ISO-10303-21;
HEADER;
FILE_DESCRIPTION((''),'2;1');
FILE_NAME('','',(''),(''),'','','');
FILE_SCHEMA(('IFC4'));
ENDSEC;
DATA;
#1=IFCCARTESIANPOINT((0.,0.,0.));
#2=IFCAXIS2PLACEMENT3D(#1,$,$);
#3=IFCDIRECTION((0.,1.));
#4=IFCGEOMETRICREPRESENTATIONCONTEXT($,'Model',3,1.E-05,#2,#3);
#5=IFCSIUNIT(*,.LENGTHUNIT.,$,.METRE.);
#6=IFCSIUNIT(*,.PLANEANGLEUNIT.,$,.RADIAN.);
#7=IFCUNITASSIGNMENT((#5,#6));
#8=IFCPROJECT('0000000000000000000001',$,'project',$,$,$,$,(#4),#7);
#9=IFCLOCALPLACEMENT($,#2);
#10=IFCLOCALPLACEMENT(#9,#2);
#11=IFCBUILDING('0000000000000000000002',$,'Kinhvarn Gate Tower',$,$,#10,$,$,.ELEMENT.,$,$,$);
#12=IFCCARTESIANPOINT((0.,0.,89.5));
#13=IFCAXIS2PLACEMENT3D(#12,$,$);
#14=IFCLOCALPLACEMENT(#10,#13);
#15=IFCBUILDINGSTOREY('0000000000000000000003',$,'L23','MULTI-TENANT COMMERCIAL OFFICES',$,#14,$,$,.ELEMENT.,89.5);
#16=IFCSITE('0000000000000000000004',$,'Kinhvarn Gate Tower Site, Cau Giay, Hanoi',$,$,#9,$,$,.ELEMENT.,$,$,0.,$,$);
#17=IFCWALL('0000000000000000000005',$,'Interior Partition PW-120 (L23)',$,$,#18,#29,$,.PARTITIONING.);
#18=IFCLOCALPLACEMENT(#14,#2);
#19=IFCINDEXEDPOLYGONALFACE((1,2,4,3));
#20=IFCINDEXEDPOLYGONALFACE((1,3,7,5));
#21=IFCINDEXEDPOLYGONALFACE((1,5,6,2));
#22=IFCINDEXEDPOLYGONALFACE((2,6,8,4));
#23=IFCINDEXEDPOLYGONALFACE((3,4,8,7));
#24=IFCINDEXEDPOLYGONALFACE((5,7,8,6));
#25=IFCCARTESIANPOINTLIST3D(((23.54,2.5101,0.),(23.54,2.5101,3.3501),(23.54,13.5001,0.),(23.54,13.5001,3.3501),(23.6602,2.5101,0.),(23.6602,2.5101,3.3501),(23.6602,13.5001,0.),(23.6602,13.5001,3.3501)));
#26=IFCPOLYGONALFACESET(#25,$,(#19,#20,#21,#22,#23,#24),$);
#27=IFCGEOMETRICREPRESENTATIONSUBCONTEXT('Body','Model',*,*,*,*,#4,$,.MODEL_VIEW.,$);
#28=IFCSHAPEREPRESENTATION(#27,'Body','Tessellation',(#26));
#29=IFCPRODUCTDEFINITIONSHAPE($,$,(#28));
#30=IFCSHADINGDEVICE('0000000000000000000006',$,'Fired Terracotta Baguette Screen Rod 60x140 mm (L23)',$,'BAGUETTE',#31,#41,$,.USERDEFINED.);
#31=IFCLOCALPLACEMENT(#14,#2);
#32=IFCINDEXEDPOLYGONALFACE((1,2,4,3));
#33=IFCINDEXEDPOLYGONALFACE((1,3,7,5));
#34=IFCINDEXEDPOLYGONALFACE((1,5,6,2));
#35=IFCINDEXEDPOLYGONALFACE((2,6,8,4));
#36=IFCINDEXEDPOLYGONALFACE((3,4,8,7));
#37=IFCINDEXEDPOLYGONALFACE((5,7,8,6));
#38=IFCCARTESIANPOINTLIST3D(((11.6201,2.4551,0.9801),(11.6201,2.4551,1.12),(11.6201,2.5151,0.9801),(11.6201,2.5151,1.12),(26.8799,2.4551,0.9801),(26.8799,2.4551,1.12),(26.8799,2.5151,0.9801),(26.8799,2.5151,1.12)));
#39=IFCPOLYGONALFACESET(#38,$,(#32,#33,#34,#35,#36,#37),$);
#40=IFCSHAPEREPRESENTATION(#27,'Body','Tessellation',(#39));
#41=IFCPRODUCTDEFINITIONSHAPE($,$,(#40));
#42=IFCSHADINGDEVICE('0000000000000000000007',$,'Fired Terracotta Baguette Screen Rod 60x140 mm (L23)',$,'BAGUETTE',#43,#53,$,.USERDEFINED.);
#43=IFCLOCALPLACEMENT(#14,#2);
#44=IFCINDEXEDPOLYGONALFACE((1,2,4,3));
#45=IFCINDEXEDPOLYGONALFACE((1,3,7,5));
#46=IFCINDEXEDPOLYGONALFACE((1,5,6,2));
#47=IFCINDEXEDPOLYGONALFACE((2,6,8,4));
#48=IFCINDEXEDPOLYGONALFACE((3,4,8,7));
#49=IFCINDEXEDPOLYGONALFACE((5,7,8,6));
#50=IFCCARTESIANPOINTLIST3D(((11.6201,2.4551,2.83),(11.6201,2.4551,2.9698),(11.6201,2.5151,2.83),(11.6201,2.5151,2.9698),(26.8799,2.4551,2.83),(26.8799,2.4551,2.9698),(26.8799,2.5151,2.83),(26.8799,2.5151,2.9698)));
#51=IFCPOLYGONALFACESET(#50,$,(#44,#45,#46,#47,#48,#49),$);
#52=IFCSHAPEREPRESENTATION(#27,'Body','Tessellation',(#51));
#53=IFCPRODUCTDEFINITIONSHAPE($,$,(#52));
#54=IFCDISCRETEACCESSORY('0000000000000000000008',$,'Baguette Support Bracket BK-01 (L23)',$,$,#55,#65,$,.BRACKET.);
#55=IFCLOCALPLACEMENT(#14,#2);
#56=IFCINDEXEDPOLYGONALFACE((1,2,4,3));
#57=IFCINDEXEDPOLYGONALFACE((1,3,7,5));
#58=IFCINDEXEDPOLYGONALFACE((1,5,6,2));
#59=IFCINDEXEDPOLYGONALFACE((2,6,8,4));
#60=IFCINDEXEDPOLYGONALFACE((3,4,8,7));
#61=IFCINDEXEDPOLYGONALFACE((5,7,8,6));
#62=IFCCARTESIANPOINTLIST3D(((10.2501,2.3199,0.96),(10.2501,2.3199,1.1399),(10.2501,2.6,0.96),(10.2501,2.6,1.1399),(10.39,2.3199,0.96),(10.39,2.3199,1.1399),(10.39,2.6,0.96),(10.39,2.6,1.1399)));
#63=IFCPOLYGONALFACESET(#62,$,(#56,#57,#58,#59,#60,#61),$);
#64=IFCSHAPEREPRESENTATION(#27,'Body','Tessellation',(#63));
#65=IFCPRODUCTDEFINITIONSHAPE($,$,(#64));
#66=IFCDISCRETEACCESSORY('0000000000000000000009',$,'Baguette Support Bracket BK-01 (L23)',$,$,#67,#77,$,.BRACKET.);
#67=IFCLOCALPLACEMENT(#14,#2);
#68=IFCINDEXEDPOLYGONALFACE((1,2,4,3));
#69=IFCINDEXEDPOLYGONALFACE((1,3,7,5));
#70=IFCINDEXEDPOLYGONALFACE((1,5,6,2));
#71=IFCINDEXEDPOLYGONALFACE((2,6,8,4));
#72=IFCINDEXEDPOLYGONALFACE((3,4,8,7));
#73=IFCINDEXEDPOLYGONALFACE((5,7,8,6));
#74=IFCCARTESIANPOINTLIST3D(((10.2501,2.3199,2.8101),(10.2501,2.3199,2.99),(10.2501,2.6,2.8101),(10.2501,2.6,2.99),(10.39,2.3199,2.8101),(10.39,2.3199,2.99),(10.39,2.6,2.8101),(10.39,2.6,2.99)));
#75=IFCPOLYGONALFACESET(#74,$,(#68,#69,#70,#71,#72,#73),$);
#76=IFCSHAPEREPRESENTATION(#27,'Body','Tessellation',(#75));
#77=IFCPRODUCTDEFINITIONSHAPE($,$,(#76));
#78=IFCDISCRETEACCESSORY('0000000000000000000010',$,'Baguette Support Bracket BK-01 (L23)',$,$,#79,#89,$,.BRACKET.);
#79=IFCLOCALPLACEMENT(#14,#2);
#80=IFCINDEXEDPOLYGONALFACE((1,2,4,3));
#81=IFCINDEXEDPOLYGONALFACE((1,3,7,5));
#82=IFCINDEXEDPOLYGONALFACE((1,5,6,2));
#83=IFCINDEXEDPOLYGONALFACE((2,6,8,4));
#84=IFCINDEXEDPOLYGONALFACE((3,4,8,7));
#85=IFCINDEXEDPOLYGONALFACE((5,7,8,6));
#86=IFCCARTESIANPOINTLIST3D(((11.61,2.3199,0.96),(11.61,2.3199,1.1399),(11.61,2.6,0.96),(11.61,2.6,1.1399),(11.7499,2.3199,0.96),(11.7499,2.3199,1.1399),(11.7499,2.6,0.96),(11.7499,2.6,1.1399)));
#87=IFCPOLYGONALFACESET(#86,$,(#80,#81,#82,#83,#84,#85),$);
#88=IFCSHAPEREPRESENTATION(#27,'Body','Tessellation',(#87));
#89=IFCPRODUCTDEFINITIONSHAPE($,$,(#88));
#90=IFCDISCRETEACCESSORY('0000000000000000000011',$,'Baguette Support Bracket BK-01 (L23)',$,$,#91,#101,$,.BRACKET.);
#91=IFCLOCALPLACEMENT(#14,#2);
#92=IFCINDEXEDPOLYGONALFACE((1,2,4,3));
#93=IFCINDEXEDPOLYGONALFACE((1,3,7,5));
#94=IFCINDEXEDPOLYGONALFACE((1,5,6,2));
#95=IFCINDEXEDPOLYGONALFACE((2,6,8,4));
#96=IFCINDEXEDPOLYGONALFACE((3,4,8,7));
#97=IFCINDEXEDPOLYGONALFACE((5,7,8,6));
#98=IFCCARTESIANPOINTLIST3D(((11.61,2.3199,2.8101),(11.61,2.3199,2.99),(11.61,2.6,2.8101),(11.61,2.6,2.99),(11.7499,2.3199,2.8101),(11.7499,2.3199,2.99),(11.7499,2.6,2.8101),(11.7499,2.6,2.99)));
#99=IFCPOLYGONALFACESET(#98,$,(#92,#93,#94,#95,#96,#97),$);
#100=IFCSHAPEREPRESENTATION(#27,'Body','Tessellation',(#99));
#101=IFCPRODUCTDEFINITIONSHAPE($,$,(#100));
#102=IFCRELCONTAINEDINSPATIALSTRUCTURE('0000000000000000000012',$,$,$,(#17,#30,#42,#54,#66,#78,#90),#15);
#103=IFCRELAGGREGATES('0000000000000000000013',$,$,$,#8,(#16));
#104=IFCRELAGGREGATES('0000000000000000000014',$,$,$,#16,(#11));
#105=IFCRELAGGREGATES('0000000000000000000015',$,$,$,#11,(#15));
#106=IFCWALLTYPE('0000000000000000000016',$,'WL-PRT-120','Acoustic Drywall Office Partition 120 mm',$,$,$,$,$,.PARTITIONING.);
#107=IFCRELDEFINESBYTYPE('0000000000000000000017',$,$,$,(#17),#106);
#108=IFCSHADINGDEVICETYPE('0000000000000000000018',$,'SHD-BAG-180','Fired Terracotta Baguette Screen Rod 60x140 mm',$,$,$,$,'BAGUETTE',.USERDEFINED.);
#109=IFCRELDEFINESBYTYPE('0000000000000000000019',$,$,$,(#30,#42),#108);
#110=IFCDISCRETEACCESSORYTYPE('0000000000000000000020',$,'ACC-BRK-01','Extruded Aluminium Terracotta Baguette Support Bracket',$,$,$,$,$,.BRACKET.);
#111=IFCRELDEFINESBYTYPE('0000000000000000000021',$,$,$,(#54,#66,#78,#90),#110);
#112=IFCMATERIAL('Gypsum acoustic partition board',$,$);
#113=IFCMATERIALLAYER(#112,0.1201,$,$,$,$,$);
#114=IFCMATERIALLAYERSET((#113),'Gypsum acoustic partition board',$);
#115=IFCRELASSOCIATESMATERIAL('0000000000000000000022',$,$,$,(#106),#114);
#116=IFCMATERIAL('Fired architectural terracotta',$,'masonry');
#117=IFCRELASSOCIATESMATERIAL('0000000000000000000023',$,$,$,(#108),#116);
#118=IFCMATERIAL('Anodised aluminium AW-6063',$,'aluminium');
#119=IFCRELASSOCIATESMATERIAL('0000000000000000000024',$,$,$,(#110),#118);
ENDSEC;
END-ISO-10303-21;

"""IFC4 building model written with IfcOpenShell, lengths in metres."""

from ifc_helpers import new_model, si_unit, direction, frame, frame_2d, origin, origin_2d, place, context, subcontext, project, spatial, rectangle, extrude, material, layer, layer_set, material_profile, profile_set, type_object, element, save


model = new_model("IFC4")

# Units and contexts
model_context = context("Model", 3, precision=1e-05, world=origin(), true_north=direction((0.0, 1.0)))
body_context = subcontext(model_context, "Body", "Model", "MODEL_VIEW")
ifc_project = project(units=[si_unit("LENGTHUNIT", "METRE"), si_unit("PLANEANGLEUNIT", "RADIAN")], contexts=[model_context])

# Site, building, storey
site_placement = place(None, origin())
site = spatial("IfcSite", under=ifc_project, at=site_placement, Name="Kinhvarn Gate Tower Site, Cau Giay, Hanoi", CompositionType="ELEMENT", RefElevation=0.0)
building_placement = place(site_placement, origin())
building = spatial("IfcBuilding", under=site, at=building_placement, Name="Kinhvarn Gate Tower", CompositionType="ELEMENT")
storey_placement = place(building_placement, frame((0.0, 0.0, 89.5)))
storey = spatial("IfcBuildingStorey", under=building, at=storey_placement, Name="L23", Description="MULTI-TENANT COMMERCIAL OFFICES", CompositionType="ELEMENT", Elevation=89.5)

# Shared definitions
ifc_material_1 = material(Name="Anodised aluminium AW-6063", Category="aluminium")

# Wall
ifc_material_2 = material(Name="Gypsum acoustic partition board")
ifc_layer_1 = layer(ifc_material_2, 0.1201)
ifc_layer_set_1 = layer_set([ifc_layer_1], Name="Gypsum acoustic partition board")
wall_type = type_object("IfcWallType", Name="WL-PRT-120", Description="Acoustic Drywall Office Partition 120 mm", PredefinedType="PARTITIONING", material=ifc_layer_set_1)
for number, where, z_axis, x_axis, name in (
    (1, (23.6001, 2.51, 0.0), (0.0, 0.0, 1.0), (0.0, 1.0, 0.0), "Interior Partition PW-120 (L23)"),
):
    element("IfcWall", number, at=place(storey_placement, frame(where, z_axis=z_axis, x_axis=x_axis)), inside=storey, type_object=wall_type, Name=name, PredefinedType="PARTITIONING", context=body_context, shape_type="SweptSolid", body=[
        extrude(rectangle(XDim=10.99, YDim=0.1201, at=frame_2d((5.4951, 0.0))), origin(), (0.0, 0.0, 1.0), 3.3501),
    ])

# Shading devices
ifc_material_3 = material(Name="Fired architectural terracotta", Category="masonry")
ifc_material_profile_1 = material_profile(ifc_material_3, rectangle(XDim=0.0601, YDim=0.1399, at=origin_2d()), Name="TC 60x140")
ifc_profile_set_1 = profile_set([ifc_material_profile_1], Name="Fired architectural terracotta")
shading_device_type = type_object("IfcShadingDeviceType", Name="SHD-BAG-180", Description="Fired Terracotta Baguette Screen Rod 60x140 mm", ElementType="BAGUETTE", PredefinedType="USERDEFINED", material=ifc_profile_set_1)
for number, where, z_axis, x_axis, name in (
    (2, (11.6201, 2.4851, 1.05), (1.0, 0.0, 0.0), (0.0, 1.0, 0.0), "Fired Terracotta Baguette Screen Rod 60x140 mm (L23)"),
    (3, (11.6201, 2.4851, 2.8999), (1.0, 0.0, 0.0), (0.0, 1.0, 0.0), "Fired Terracotta Baguette Screen Rod 60x140 mm (L23)"),
):
    element("IfcShadingDevice", number, at=place(storey_placement, frame(where, z_axis=z_axis, x_axis=x_axis)), inside=storey, type_object=shading_device_type, Name=name, ObjectType="BAGUETTE", PredefinedType="USERDEFINED", context=body_context, shape_type="SweptSolid", body=[
        extrude(rectangle(XDim=0.0601, YDim=0.1399, at=origin_2d()), origin(), (0.0, 0.0, 1.0), 15.2598),
    ])

# Discrete accessories
discrete_accessory_type = type_object("IfcDiscreteAccessoryType", Name="ACC-BRK-01", Description="Extruded Aluminium Terracotta Baguette Support Bracket", PredefinedType="BRACKET", material=ifc_material_1)
for number, where, z_axis, x_axis, name in (
    (4, (10.3201, 2.46, 0.96), (0.0, 0.0, 1.0), (1.0, 0.0, 0.0), "Baguette Support Bracket BK-01 (L23)"),
    (5, (10.3201, 2.46, 2.8101), (0.0, 0.0, 1.0), (1.0, 0.0, 0.0), "Baguette Support Bracket BK-01 (L23)"),
    (6, (11.6799, 2.46, 0.96), (0.0, 0.0, 1.0), (1.0, 0.0, 0.0), "Baguette Support Bracket BK-01 (L23)"),
    (7, (11.6799, 2.46, 2.8101), (0.0, 0.0, 1.0), (1.0, 0.0, 0.0), "Baguette Support Bracket BK-01 (L23)"),
):
    element("IfcDiscreteAccessory", number, at=place(storey_placement, frame(where, z_axis=z_axis, x_axis=x_axis)), inside=storey, type_object=discrete_accessory_type, Name=name, PredefinedType="BRACKET", context=body_context, shape_type="SweptSolid", body=[
        extrude(rectangle(XDim=0.1399, YDim=0.28, at=origin_2d()), origin(), (0.0, 0.0, 1.0), 0.1799),
    ])

save(model, "model.ifc")
